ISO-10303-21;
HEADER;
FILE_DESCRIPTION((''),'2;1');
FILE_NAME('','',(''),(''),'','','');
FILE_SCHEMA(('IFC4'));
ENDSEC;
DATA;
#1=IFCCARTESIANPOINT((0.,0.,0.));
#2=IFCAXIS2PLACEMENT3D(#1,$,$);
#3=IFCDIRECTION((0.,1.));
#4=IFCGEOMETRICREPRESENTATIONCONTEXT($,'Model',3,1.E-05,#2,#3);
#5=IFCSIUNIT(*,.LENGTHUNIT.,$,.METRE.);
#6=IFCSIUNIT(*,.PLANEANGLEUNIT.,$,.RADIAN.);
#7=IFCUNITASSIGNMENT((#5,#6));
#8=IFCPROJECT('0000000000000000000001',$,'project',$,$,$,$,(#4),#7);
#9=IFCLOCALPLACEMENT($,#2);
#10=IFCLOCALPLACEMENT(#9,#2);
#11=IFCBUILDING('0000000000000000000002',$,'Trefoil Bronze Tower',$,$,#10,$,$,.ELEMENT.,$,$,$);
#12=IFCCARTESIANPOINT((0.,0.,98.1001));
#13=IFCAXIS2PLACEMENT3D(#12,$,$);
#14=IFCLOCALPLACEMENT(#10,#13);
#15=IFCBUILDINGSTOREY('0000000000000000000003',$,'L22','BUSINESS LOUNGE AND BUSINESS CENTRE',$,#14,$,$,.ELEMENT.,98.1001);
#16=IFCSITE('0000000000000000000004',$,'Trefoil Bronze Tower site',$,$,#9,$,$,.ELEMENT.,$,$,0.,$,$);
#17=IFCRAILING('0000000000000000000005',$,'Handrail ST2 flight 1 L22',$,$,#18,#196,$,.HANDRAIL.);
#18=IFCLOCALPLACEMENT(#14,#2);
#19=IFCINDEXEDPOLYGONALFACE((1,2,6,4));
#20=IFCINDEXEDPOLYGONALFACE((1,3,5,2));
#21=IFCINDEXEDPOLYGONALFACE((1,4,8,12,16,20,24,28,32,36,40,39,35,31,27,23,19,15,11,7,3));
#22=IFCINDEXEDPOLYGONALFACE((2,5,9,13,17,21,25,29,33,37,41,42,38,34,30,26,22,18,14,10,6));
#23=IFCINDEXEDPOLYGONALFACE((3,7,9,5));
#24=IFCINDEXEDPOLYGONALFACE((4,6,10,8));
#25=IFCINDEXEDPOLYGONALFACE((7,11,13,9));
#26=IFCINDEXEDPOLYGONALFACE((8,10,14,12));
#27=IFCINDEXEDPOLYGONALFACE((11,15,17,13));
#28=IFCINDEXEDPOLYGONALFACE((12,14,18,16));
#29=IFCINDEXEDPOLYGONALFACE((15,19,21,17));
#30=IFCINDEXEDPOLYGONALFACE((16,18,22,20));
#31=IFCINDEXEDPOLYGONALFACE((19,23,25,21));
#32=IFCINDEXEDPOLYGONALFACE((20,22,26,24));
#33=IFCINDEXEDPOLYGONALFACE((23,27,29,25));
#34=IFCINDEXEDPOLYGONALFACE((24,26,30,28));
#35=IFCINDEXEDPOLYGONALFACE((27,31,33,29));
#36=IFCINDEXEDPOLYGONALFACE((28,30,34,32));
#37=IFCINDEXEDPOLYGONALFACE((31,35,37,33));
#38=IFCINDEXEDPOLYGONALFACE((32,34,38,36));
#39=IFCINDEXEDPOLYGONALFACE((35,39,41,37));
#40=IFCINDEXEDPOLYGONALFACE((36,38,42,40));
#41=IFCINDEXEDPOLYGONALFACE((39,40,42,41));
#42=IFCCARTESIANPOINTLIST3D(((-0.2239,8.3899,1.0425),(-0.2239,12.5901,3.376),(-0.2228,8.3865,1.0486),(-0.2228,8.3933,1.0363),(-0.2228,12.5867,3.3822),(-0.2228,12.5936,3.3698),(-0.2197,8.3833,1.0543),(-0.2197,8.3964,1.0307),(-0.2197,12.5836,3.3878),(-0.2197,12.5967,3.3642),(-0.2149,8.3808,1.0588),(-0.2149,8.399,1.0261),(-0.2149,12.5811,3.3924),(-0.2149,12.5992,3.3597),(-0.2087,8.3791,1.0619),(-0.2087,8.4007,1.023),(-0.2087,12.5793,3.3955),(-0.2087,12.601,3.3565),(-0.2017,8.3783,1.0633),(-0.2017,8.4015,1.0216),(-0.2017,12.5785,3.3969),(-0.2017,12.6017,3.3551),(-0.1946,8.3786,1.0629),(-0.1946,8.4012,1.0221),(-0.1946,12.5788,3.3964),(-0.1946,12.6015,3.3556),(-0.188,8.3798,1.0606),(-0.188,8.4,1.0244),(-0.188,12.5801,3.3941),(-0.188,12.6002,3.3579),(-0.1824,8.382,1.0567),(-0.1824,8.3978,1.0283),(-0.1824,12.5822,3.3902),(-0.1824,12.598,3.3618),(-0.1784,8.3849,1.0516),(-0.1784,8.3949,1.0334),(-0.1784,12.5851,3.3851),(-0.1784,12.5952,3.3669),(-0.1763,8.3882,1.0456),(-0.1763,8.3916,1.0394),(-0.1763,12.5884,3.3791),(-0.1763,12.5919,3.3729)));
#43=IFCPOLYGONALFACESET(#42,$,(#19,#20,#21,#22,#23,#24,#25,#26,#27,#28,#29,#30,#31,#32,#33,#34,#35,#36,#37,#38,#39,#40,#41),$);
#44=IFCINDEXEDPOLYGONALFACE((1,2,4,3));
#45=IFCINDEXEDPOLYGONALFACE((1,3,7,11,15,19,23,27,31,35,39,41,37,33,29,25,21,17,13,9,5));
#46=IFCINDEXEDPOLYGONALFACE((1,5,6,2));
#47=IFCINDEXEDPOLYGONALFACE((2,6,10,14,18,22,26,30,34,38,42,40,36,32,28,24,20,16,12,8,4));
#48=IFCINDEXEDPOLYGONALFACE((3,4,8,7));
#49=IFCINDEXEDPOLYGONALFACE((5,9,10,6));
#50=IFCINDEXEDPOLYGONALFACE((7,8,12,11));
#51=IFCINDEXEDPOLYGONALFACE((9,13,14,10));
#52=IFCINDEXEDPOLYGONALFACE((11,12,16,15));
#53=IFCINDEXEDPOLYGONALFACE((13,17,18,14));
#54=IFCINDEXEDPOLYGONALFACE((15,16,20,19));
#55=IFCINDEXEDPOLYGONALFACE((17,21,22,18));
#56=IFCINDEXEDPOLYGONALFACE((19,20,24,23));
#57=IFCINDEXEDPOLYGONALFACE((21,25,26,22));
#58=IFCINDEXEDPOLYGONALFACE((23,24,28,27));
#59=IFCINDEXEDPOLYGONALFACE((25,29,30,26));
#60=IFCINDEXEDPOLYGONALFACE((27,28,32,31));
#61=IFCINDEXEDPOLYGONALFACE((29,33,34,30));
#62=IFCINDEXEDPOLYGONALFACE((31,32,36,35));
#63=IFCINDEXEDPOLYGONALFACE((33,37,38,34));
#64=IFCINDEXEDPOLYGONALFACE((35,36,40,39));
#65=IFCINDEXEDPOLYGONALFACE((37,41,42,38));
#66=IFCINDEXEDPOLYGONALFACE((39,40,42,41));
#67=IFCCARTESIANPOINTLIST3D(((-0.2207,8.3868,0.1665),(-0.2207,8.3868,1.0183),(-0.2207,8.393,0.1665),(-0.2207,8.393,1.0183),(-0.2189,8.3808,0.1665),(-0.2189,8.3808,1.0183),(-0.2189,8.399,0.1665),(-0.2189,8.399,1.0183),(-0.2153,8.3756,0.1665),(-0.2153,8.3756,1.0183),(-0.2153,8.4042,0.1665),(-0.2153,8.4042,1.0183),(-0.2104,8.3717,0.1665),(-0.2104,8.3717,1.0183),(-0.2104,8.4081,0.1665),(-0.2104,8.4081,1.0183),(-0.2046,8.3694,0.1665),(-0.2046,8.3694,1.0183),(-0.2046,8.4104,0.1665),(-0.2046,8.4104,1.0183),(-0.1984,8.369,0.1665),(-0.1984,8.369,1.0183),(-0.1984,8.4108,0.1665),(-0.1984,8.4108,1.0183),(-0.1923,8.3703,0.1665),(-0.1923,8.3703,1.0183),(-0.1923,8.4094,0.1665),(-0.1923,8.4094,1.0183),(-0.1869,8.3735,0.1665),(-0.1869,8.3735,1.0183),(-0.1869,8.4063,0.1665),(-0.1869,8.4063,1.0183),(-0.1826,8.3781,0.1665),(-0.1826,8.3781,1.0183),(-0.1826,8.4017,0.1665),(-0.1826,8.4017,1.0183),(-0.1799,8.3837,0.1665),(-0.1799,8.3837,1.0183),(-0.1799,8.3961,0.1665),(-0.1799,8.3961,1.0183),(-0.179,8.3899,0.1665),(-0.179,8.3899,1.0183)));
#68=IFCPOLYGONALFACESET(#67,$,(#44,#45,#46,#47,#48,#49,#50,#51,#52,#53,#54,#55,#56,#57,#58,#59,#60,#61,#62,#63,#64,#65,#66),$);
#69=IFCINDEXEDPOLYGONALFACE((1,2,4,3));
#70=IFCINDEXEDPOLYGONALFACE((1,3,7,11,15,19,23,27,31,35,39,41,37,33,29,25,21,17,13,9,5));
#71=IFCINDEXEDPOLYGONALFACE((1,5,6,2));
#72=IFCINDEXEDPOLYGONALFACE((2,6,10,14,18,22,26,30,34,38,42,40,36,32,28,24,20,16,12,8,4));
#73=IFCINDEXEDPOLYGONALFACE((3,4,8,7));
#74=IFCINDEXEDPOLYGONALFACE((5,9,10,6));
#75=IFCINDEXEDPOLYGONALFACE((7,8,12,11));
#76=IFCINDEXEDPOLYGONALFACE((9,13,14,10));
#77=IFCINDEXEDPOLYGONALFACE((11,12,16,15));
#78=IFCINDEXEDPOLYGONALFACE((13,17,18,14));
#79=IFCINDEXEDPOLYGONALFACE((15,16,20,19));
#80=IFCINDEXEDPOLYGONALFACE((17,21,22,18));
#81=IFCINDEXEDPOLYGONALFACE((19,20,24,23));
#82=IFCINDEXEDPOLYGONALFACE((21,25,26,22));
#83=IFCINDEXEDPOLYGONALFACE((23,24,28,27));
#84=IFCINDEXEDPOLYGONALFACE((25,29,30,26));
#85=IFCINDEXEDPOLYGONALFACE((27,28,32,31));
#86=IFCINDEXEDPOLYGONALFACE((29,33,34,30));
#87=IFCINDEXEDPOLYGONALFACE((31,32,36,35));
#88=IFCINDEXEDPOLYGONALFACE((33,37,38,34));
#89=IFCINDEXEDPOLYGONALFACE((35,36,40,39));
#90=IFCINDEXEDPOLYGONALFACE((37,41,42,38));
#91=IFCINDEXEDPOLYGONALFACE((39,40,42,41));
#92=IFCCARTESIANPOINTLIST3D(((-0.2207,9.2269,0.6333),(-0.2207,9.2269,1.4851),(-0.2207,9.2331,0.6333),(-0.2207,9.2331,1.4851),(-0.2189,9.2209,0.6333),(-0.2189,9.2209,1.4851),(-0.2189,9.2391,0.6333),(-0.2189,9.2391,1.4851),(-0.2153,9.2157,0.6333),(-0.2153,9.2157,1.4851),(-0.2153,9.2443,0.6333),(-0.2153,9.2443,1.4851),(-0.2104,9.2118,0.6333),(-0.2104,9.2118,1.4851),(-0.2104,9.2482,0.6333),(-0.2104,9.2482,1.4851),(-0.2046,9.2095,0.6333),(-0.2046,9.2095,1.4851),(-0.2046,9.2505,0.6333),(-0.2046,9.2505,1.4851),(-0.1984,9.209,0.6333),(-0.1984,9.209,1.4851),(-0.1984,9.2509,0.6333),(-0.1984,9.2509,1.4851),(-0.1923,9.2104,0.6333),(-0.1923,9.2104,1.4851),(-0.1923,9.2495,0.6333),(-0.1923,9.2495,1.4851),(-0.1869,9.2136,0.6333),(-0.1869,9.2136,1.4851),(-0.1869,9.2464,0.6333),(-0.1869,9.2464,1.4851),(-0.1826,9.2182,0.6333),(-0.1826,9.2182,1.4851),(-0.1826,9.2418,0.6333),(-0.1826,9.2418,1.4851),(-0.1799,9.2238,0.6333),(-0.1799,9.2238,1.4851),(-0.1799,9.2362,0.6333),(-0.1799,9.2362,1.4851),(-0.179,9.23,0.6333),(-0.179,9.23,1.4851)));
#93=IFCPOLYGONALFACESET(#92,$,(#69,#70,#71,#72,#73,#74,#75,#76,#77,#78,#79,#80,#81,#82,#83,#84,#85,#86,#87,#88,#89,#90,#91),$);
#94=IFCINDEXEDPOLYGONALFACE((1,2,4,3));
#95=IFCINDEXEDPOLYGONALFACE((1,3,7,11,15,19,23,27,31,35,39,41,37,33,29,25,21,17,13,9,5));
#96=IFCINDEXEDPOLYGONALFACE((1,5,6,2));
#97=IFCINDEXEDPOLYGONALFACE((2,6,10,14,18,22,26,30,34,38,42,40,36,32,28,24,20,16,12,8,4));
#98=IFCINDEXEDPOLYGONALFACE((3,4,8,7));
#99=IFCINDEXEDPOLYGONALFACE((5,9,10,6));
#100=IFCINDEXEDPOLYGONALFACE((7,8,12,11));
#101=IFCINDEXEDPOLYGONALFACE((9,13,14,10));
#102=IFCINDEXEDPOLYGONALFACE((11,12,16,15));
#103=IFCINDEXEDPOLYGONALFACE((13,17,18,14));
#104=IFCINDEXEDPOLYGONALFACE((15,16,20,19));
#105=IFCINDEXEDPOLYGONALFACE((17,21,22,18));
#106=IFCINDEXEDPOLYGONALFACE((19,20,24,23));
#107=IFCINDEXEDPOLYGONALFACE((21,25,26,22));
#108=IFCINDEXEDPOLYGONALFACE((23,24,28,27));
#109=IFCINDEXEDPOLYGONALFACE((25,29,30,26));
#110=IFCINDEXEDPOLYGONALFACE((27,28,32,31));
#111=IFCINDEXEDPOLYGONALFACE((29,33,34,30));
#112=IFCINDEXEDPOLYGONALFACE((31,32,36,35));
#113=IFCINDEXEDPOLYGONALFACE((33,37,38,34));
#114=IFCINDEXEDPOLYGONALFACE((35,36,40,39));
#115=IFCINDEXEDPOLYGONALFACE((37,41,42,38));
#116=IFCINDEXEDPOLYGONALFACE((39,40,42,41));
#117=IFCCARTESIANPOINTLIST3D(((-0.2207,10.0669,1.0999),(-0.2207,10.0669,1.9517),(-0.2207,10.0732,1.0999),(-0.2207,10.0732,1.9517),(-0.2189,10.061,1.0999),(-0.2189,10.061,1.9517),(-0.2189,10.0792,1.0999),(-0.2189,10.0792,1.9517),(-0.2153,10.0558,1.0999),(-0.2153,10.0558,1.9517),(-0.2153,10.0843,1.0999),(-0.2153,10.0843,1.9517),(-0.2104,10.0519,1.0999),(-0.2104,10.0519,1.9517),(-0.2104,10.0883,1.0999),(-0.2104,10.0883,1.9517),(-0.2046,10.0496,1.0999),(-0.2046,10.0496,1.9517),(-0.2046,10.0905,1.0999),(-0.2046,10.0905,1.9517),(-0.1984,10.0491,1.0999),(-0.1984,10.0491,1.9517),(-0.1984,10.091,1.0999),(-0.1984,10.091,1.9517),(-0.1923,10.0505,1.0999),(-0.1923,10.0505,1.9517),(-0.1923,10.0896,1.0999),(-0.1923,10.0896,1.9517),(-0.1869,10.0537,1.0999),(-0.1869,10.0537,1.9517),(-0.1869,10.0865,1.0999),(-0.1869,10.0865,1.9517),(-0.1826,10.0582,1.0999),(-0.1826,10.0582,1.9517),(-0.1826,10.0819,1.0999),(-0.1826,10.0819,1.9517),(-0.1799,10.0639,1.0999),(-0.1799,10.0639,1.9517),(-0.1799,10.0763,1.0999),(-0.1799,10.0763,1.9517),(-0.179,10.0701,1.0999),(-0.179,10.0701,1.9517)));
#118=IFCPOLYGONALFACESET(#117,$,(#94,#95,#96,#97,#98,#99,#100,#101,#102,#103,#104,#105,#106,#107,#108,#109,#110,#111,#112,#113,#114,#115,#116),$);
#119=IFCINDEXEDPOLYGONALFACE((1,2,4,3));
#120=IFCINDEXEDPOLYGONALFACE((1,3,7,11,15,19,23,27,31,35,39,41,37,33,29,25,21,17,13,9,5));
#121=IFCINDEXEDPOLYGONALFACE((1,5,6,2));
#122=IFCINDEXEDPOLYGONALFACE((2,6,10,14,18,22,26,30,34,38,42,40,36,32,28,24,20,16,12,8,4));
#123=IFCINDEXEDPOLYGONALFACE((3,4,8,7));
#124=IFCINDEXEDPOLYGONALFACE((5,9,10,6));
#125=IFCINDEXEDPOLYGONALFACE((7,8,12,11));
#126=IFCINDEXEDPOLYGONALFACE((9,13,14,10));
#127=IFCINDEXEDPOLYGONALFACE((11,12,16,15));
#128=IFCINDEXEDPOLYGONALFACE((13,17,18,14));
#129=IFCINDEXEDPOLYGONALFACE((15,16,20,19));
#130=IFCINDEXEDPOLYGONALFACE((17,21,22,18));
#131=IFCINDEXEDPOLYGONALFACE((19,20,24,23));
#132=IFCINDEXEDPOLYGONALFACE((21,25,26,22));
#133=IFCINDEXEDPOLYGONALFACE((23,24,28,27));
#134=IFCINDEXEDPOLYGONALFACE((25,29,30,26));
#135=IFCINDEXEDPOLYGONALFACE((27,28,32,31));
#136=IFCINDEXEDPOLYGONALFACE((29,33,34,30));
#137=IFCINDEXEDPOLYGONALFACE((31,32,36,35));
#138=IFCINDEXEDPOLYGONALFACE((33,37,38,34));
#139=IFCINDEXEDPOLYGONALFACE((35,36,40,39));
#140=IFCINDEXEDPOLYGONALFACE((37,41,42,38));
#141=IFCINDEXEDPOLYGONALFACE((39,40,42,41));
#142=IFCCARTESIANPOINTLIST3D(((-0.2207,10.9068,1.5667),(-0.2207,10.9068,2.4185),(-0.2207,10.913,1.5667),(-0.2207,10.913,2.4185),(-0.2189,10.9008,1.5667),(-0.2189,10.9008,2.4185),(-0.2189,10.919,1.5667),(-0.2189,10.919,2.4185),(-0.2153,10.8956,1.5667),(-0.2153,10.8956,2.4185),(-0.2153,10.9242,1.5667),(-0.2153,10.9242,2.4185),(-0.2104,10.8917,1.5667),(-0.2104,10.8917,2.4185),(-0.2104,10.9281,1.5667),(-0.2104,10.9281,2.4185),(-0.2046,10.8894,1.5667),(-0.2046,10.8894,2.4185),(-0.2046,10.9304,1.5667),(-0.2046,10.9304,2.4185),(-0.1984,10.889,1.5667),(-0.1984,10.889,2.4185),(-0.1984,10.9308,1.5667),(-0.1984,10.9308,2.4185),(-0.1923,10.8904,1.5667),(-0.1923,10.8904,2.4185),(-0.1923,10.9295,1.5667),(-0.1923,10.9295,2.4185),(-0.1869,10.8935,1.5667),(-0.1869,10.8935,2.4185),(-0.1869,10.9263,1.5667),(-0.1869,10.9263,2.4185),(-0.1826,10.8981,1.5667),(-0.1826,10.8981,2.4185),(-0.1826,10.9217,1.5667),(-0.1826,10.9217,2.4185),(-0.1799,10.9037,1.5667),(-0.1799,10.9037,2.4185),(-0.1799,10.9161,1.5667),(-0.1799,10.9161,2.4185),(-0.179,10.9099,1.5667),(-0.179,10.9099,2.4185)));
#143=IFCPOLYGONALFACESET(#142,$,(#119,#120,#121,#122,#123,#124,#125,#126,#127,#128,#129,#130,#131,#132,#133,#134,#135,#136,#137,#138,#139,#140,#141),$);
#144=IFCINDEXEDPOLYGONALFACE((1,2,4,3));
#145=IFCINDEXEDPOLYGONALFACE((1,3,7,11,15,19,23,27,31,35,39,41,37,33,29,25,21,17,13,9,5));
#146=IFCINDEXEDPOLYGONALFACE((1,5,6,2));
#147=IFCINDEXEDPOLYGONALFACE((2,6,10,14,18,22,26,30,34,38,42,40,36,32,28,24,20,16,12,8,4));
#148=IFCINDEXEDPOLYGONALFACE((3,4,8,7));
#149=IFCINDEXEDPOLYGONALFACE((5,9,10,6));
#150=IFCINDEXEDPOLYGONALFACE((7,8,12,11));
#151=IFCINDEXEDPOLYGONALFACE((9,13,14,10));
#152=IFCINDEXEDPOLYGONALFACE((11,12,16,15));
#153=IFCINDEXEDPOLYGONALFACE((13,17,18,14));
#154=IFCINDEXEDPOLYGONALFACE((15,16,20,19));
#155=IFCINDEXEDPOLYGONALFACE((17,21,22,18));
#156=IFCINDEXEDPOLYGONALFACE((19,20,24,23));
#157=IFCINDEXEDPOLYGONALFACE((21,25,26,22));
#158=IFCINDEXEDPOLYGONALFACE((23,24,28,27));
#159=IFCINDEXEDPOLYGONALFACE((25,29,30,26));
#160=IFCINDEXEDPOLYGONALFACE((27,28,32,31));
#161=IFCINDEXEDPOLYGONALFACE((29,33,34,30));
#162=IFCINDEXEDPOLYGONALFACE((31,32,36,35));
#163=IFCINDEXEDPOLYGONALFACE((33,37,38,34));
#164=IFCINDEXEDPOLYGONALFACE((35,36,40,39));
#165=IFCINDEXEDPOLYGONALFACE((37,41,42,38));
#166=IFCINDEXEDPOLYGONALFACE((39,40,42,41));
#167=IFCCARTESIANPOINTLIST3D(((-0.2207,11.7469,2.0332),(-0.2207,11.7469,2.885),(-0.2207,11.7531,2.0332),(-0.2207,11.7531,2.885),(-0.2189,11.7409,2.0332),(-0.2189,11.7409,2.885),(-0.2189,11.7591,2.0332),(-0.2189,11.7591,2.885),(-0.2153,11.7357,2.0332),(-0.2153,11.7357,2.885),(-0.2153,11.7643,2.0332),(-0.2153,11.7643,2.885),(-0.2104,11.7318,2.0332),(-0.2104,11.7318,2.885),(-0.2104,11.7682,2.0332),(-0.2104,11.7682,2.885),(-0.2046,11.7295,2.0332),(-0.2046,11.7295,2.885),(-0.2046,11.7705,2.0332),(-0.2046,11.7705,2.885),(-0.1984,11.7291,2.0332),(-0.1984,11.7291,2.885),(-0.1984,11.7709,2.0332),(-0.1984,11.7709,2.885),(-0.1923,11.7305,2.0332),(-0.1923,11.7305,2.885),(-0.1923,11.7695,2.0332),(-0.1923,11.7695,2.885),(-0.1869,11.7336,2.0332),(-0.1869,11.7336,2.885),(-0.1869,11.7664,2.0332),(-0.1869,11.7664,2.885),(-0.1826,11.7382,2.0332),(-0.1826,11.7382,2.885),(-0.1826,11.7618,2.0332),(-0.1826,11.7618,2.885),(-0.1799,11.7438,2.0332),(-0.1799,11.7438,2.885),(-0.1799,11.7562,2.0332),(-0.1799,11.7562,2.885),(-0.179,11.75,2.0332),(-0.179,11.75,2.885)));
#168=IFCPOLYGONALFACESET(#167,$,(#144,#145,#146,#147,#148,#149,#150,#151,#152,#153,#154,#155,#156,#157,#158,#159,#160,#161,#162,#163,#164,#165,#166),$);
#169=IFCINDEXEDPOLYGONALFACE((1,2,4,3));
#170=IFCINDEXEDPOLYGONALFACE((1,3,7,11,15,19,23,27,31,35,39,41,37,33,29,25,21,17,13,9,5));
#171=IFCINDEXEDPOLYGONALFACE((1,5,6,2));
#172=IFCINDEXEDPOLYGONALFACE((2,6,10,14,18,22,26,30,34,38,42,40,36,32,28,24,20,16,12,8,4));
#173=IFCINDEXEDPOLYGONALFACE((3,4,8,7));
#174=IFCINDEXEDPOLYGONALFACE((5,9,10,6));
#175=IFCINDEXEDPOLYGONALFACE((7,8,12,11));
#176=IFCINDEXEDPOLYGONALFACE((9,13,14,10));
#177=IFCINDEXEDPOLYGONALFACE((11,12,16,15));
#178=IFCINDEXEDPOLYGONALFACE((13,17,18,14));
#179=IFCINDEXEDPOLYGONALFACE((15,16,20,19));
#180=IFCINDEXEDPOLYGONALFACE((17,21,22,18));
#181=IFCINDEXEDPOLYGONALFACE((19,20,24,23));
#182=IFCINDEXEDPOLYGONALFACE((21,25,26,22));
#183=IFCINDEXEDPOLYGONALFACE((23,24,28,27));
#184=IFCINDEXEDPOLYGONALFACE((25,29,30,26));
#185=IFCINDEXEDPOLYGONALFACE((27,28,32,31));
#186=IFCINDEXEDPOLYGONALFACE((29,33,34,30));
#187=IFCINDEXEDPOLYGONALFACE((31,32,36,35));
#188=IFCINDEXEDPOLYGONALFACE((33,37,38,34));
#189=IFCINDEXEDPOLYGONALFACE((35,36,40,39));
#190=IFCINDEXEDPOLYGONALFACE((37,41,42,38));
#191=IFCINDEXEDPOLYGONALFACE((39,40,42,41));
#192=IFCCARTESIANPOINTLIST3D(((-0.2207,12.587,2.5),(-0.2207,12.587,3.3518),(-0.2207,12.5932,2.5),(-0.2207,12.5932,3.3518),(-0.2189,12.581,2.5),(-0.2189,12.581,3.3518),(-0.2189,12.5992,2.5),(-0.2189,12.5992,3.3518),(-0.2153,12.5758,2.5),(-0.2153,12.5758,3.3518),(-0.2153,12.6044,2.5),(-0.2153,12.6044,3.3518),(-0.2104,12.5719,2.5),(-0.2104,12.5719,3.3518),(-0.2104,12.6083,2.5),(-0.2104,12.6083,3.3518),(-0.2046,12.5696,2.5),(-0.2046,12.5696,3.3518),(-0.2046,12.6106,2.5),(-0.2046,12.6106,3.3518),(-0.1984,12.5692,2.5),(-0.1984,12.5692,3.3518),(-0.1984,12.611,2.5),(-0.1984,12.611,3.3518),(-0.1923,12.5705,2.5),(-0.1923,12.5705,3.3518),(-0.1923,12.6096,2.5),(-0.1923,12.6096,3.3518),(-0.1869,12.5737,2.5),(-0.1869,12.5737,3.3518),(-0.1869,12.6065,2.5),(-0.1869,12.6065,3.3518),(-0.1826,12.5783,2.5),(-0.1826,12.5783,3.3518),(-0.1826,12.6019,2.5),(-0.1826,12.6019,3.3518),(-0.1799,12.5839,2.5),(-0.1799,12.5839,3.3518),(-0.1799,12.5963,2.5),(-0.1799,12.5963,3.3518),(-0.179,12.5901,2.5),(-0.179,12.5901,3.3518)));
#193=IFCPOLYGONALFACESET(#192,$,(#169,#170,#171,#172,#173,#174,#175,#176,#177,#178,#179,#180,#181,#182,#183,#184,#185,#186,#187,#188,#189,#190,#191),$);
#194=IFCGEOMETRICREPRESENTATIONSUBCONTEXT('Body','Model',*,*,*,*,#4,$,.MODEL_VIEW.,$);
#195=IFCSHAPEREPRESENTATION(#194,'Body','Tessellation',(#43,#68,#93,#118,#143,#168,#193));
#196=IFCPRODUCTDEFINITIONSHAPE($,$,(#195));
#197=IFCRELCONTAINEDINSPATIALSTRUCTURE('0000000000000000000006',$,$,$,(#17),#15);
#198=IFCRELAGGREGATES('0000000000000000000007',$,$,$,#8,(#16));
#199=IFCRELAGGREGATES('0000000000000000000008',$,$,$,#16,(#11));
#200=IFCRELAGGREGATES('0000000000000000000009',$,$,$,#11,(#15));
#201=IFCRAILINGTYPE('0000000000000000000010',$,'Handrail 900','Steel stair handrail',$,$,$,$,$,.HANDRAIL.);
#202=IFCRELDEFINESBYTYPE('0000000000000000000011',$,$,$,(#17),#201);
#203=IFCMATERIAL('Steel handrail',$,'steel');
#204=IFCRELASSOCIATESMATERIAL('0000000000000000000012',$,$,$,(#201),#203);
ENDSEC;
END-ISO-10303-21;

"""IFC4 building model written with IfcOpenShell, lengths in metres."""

from ifc_helpers import new_model, si_unit, direction, frame, origin, origin_2d, place, context, subcontext, project, spatial, circle, extrude, material, type_object, element, save


model = new_model("IFC4")

# Units and contexts
model_context = context("Model", 3, precision=1e-05, world=origin(), true_north=direction((0.0, 1.0)))
body_context = subcontext(model_context, "Body", "Model", "MODEL_VIEW")
ifc_project = project(units=[si_unit("LENGTHUNIT", "METRE"), si_unit("PLANEANGLEUNIT", "RADIAN")], contexts=[model_context])

# Site, building, storey
site_placement = place(None, origin())
site = spatial("IfcSite", under=ifc_project, at=site_placement, Name="Trefoil Bronze Tower site", CompositionType="ELEMENT", RefElevation=0.0)
building_placement = place(site_placement, origin())
building = spatial("IfcBuilding", under=site, at=building_placement, Name="Trefoil Bronze Tower", CompositionType="ELEMENT")
storey_placement = place(building_placement, frame((0.0, 0.0, 98.1001)))
storey = spatial("IfcBuildingStorey", under=building, at=storey_placement, Name="L22", Description="BUSINESS LOUNGE AND BUSINESS CENTRE", CompositionType="ELEMENT", Elevation=98.1001)

# Railing
ifc_material_1 = material(Name="Steel handrail", Category="steel")
railing_type = type_object("IfcRailingType", Name="Handrail 900", Description="Steel stair handrail", PredefinedType="HANDRAIL", material=ifc_material_1)
railing_placement = place(storey_placement, frame((-0.2, 8.3899, 0.1665)))
element("IfcRailing", 1, at=railing_placement, inside=storey, type_object=railing_type, Name="Handrail ST2 flight 1 L22", PredefinedType="HANDRAIL", context=body_context, shape_type="SweptSolid", body=[
    extrude(circle(Radius=0.0239, at=origin_2d()), frame((0.0, 0.0, 0.876), z_axis=(0.0, 0.874152, 0.485652), x_axis=(-1.0, 0.0, 0.0)), (0.0, 0.0, 1.0), 4.8049),
    extrude(circle(Radius=0.021, at=origin_2d()), origin(), (0.0, 0.0, 1.0), 0.8518),
    extrude(circle(Radius=0.021, at=origin_2d()), frame((0.0, 0.8401, 0.4668)), (0.0, 0.0, 1.0), 0.8518),
    extrude(circle(Radius=0.021, at=origin_2d()), frame((0.0, 1.6802, 0.9333)), (0.0, 0.0, 1.0), 0.8518),
    extrude(circle(Radius=0.021, at=origin_2d()), frame((0.0, 2.52, 1.4001)), (0.0, 0.0, 1.0), 0.8518),
    extrude(circle(Radius=0.021, at=origin_2d()), frame((0.0, 3.3601, 1.8667)), (0.0, 0.0, 1.0), 0.8518),
    extrude(circle(Radius=0.021, at=origin_2d()), frame((0.0, 4.2002, 2.3335)), (0.0, 0.0, 1.0), 0.8518),
])

save(model, "model.ifc")
